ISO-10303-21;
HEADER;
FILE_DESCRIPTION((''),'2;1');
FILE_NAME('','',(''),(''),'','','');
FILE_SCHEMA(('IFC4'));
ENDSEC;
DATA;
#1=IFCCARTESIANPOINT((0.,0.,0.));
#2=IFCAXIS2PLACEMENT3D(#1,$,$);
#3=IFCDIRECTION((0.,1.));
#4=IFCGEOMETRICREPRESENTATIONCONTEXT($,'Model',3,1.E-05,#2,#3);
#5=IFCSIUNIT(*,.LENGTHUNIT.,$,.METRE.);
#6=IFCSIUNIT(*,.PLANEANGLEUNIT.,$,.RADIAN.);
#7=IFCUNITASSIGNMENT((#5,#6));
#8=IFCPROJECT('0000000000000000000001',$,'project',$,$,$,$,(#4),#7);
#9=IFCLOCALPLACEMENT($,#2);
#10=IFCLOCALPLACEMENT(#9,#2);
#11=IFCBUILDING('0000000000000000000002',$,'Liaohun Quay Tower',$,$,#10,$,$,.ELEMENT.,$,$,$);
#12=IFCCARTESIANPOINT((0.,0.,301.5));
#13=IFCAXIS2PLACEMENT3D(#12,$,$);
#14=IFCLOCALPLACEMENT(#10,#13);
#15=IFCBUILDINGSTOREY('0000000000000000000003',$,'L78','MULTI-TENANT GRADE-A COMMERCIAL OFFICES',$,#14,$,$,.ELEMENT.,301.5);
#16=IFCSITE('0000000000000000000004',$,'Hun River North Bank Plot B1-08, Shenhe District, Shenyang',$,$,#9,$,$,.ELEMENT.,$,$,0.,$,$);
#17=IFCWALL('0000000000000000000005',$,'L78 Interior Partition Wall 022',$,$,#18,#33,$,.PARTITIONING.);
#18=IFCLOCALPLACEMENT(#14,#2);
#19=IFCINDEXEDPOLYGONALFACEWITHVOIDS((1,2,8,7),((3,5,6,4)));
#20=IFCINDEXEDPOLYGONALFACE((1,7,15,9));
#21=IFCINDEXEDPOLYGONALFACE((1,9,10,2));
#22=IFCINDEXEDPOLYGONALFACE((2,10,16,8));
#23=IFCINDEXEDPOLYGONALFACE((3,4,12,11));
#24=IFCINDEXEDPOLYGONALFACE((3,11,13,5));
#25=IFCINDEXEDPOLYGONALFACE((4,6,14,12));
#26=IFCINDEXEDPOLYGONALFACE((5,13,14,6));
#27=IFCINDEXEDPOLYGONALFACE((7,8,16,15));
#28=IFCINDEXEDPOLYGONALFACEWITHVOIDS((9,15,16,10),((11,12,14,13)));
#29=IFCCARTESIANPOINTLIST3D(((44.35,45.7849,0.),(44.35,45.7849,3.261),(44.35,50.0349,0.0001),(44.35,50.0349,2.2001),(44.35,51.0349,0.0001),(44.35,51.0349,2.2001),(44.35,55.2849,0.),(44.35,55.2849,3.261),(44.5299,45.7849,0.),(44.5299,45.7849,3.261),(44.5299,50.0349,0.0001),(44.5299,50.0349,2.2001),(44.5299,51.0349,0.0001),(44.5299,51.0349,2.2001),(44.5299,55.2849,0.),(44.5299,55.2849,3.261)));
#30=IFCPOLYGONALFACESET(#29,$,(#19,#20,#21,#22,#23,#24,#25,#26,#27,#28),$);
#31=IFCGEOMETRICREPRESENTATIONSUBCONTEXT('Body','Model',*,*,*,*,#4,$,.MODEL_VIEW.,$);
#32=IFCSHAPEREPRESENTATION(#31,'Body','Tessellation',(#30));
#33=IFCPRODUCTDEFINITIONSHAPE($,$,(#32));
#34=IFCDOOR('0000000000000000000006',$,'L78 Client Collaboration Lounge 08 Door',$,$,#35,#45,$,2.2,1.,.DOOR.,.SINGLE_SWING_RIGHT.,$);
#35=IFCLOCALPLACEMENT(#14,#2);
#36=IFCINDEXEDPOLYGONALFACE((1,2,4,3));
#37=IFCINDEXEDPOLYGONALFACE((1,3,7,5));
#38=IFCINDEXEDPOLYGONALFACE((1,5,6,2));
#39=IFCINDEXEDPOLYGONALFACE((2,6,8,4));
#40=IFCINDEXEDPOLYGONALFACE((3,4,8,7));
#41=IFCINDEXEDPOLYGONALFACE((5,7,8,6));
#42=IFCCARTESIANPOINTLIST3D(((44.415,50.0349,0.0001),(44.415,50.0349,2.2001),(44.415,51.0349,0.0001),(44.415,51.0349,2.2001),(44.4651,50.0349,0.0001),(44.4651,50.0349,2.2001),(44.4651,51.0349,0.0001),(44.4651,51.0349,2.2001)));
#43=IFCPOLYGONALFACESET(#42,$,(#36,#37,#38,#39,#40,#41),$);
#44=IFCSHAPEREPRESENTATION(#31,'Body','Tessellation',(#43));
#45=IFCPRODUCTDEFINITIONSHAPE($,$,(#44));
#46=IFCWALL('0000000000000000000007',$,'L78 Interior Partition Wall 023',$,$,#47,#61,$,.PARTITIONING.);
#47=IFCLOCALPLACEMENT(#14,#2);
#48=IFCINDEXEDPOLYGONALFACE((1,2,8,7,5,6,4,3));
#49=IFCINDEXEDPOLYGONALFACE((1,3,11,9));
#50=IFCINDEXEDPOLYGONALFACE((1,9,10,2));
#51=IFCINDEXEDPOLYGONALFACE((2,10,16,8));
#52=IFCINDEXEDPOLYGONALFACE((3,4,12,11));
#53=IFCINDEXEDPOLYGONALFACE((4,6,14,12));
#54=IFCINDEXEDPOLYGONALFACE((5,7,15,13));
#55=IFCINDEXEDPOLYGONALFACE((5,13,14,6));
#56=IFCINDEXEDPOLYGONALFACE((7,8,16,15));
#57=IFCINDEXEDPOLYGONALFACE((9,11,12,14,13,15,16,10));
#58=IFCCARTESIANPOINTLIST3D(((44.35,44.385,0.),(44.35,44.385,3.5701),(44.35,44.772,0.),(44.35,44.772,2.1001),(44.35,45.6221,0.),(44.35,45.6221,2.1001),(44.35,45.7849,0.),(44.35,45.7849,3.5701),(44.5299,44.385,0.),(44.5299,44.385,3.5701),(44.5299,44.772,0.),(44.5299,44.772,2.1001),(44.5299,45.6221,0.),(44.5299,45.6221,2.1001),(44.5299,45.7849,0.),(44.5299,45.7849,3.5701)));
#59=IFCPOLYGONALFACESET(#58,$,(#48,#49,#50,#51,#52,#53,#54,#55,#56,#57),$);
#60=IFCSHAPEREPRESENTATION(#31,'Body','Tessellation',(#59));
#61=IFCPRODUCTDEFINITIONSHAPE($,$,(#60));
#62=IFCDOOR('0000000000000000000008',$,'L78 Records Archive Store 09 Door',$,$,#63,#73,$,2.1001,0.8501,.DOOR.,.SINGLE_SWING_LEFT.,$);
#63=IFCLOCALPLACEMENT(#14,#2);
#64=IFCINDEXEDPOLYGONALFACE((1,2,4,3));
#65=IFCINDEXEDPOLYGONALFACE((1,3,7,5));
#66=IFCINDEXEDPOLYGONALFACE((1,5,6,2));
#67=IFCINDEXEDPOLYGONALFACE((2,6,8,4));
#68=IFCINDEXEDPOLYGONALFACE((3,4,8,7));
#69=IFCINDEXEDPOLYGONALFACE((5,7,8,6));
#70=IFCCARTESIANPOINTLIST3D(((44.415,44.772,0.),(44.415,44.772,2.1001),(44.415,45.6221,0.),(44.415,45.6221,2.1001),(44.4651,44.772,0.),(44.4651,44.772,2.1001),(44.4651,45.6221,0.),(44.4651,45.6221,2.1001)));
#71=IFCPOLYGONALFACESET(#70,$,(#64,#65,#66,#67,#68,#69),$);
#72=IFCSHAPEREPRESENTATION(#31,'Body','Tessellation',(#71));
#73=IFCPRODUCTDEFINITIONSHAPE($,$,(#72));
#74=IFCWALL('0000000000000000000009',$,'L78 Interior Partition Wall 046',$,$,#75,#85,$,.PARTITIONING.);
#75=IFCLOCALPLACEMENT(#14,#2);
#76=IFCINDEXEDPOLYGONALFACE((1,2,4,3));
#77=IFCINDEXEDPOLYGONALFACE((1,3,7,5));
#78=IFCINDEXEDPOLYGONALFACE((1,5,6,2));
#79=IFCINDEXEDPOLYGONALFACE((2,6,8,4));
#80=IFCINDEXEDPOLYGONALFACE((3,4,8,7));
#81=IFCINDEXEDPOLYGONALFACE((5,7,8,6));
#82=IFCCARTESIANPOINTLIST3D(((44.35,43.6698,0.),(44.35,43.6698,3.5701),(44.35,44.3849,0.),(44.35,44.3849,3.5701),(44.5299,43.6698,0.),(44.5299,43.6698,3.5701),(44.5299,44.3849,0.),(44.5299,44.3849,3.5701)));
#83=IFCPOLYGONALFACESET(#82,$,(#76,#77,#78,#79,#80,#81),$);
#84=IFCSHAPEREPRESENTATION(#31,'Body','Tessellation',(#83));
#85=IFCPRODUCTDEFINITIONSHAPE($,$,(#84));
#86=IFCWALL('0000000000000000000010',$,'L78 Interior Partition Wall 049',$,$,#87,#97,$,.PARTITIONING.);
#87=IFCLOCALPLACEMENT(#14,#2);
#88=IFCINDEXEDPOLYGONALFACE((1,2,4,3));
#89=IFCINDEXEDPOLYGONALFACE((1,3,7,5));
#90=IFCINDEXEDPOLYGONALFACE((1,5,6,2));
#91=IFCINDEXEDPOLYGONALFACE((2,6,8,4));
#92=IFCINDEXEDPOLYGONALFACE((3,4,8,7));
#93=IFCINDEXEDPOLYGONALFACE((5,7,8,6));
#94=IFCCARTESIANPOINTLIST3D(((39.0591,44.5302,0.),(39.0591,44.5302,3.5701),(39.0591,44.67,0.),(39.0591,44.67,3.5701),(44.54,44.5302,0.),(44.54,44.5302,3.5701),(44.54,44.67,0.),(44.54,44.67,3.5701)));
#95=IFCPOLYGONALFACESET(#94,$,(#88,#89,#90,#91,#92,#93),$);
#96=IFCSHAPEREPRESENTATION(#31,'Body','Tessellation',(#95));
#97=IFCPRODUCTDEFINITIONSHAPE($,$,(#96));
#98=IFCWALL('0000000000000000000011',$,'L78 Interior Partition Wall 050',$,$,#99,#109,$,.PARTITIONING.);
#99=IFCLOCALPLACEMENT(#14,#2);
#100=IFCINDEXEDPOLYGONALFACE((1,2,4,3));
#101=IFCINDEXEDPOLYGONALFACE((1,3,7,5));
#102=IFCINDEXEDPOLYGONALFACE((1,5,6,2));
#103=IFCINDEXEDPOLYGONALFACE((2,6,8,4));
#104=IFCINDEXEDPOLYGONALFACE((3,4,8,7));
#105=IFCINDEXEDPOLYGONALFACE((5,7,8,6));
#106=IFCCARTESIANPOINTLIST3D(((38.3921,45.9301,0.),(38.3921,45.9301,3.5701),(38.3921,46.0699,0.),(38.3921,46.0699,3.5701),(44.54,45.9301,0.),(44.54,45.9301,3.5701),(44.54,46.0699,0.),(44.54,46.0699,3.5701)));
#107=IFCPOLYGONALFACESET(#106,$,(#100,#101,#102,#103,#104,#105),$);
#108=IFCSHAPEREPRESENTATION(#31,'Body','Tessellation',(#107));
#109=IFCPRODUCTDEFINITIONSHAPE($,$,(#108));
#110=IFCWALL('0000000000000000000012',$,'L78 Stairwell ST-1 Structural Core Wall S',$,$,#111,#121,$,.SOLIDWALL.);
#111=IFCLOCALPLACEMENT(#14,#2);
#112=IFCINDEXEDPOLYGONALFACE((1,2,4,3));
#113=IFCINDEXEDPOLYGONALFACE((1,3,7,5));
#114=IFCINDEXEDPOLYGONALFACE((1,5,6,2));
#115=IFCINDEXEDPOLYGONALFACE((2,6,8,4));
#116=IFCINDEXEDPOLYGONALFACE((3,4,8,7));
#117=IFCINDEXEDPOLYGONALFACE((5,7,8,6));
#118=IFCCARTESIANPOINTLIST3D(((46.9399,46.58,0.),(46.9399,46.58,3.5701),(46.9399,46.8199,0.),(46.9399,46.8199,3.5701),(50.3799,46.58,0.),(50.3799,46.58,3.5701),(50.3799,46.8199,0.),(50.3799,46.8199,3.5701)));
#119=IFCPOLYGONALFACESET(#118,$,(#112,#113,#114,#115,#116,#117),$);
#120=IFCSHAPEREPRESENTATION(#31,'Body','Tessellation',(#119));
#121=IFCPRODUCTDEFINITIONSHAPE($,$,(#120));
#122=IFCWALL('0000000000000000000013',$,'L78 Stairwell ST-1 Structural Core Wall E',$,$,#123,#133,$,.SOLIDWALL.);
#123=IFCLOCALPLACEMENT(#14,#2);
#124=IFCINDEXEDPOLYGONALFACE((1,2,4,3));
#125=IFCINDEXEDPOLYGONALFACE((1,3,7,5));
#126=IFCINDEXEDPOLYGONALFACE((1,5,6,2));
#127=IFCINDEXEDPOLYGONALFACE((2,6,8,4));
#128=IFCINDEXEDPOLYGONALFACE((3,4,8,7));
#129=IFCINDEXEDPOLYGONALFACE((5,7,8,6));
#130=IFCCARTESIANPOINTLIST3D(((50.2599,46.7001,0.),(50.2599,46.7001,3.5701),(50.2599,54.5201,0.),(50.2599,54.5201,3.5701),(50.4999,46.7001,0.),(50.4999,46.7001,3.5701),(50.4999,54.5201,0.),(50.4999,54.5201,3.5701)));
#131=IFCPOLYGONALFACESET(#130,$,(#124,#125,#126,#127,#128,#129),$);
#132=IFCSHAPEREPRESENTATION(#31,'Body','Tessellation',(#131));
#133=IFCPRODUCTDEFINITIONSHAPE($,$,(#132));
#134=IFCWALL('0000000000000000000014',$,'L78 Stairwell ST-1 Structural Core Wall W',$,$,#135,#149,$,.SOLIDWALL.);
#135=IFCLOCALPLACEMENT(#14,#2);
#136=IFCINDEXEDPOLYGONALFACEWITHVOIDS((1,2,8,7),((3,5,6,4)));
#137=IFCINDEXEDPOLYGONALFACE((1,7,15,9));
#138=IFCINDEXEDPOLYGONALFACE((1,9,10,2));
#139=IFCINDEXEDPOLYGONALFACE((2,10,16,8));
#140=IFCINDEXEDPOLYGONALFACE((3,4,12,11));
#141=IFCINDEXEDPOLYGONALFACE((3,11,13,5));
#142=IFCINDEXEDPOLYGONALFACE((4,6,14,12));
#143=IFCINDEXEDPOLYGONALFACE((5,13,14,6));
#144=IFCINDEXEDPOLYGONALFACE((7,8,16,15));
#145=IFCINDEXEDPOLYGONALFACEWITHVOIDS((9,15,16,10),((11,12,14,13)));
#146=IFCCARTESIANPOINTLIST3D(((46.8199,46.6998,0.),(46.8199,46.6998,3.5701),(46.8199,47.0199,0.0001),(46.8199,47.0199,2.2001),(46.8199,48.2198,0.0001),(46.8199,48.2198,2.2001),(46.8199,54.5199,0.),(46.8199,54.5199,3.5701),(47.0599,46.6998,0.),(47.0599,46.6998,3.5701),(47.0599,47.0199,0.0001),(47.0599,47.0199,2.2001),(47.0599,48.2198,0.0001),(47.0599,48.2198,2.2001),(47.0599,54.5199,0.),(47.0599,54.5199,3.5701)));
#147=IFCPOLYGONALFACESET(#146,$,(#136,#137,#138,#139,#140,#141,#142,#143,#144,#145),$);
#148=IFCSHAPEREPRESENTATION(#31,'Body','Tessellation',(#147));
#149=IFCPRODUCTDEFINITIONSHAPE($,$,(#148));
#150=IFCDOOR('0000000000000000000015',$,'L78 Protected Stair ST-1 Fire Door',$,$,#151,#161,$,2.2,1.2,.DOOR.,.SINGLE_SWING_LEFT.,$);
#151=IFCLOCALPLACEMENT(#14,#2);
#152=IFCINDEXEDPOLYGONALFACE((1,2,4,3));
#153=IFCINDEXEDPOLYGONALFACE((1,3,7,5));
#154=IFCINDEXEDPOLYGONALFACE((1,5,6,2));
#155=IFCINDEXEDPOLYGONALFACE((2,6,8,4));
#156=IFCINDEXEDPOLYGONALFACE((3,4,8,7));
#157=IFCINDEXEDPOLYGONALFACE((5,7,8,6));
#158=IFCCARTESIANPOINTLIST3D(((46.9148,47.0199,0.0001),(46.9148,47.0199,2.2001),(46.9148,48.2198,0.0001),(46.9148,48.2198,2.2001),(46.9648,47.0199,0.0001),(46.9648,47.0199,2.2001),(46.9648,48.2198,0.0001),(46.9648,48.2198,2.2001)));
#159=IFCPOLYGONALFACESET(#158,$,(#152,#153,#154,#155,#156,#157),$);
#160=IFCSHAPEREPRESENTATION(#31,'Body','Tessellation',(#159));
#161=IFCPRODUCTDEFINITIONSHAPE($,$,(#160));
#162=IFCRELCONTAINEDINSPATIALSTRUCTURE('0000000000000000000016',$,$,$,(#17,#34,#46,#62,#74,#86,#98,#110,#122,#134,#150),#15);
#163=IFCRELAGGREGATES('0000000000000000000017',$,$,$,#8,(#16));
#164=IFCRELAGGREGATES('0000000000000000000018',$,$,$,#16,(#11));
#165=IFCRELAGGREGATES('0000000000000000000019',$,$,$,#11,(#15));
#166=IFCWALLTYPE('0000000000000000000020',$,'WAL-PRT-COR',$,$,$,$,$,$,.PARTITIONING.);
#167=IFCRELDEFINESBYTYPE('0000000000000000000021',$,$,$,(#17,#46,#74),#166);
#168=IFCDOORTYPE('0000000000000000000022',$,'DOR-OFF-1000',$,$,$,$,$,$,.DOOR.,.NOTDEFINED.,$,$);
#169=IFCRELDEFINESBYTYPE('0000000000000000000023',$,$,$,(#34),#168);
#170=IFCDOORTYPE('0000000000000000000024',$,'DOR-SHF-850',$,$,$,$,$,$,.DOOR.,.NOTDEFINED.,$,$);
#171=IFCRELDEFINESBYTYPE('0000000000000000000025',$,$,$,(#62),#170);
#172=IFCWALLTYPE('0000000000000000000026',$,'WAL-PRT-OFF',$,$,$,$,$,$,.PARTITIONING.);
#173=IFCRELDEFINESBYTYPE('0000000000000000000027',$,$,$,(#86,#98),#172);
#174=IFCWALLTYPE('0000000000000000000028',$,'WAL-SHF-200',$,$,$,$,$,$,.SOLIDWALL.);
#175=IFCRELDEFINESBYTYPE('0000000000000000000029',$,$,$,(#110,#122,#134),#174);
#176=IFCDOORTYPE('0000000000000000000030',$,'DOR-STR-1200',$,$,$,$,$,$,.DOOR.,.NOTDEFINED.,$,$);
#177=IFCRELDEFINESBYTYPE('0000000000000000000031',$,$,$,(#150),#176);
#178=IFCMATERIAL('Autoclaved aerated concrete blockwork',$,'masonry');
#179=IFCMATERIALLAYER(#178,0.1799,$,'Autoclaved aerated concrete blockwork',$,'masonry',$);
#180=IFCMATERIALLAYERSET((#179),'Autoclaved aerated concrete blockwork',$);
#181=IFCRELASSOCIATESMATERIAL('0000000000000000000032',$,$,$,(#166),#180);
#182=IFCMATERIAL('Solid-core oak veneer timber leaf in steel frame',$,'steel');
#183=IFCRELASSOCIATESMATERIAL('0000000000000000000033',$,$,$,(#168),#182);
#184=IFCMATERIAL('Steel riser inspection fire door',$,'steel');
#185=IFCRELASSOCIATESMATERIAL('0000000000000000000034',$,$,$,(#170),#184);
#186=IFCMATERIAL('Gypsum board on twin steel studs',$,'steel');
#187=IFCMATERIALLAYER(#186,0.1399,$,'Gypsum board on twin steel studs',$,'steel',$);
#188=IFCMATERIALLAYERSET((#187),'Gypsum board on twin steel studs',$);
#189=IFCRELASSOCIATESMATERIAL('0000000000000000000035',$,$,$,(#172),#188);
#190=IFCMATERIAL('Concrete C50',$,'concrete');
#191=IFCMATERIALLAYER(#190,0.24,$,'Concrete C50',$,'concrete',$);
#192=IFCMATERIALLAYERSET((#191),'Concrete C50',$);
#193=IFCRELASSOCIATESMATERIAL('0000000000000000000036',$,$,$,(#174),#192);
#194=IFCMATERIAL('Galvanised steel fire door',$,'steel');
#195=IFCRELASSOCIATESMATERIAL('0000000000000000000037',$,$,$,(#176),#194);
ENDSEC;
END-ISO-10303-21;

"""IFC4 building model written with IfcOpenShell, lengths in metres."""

from ifc_helpers import new_model, si_unit, direction, frame, frame_2d, origin, place, context, subcontext, project, spatial, rectangle, extrude, source, transform, mapped, material, layer, layer_set, type_object, element, fill, save


model = new_model("IFC4")

# Units and contexts
model_context = context("Model", 3, precision=1e-05, world=origin(), true_north=direction((0.0, 1.0)))
body_context = subcontext(model_context, "Body", "Model", "MODEL_VIEW")
ifc_project = project(units=[si_unit("LENGTHUNIT", "METRE"), si_unit("PLANEANGLEUNIT", "RADIAN")], contexts=[model_context])

# Site, building, storey
site_placement = place(None, origin())
site = spatial("IfcSite", under=ifc_project, at=site_placement, Name="Hun River North Bank Plot B1-08, Shenhe District, Shenyang", CompositionType="ELEMENT", RefElevation=0.0)
building_placement = place(site_placement, origin())
building = spatial("IfcBuilding", under=site, at=building_placement, Name="Liaohun Quay Tower", CompositionType="ELEMENT")
storey_placement = place(building_placement, frame((0.0, 0.0, 301.5)))
storey = spatial("IfcBuildingStorey", under=building, at=storey_placement, Name="L78", Description="MULTI-TENANT GRADE-A COMMERCIAL OFFICES", CompositionType="ELEMENT", Elevation=301.5)

# Shared definitions
ifc_material_1 = material(Name="Concrete C50", Category="concrete")

# Walls, openings, doors
ifc_material_2 = material(Name="Autoclaved aerated concrete blockwork", Category="masonry")
ifc_layer_1 = layer(ifc_material_2, 0.1799, Name="Autoclaved aerated concrete blockwork", Category="masonry")
ifc_layer_set_1 = layer_set([ifc_layer_1], Name="Autoclaved aerated concrete blockwork")
wall_type_1 = type_object("IfcWallType", Name="WAL-PRT-COR", PredefinedType="PARTITIONING", material=ifc_layer_set_1)
wall_1_placement = place(storey_placement, frame((44.4399, 45.7849, 0.0), z_axis=(0.0, 0.0, 1.0), x_axis=(0.0, 1.0, 0.0)))
wall_1 = element("IfcWall", 1, at=wall_1_placement, inside=storey, type_object=wall_type_1, Name="L78 Interior Partition Wall 022", PredefinedType="PARTITIONING", context=body_context, shape_type="SweptSolid", body=[
    extrude(rectangle(XDim=9.5, YDim=0.1799, at=frame_2d((4.75, 0.0))), origin(), (0.0, 0.0, 1.0), 3.261),
])
shared_shape_1 = source(origin(), body_context, "Body", "SweptSolid", [
    extrude(rectangle(XDim=1.0, YDim=2.2, at=frame_2d((0.5, 1.1001))), frame((0.0, 0.0999, 0.0), z_axis=(0.0, -1.0, 0.0), x_axis=(1.0, 0.0, 0.0)), (0.0, 0.0, 1.0), 0.2),
])
opening_1_placement = place(wall_1_placement, frame((4.25, 0.0, 0.0)))
opening_1 = element("IfcOpeningElement", 2, at=opening_1_placement, cuts=wall_1, PredefinedType="OPENING", context=body_context, shape_type="MappedRepresentation", body=[
    mapped(shared_shape_1, transform((0.0, 0.0, 0.0), x_axis=(1.0, 0.0, 0.0), y_axis=(0.0, 1.0, 0.0), z_axis=(0.0, 0.0, 1.0), scale=1.0)),
])
ifc_material_3 = material(Name="Solid-core oak veneer timber leaf in steel frame", Category="steel")
door_type_1 = type_object("IfcDoorType", Name="DOR-OFF-1000", OperationType="NOTDEFINED", PredefinedType="DOOR", material=ifc_material_3)
shared_shape_2 = source(origin(), body_context, "Body", "SweptSolid", [
    extrude(rectangle(XDim=1.0, YDim=2.2, at=frame_2d((0.5, 1.1001))), frame((0.0, 0.0249, 0.0), z_axis=(0.0, -1.0, 0.0), x_axis=(1.0, 0.0, 0.0)), (0.0, 0.0, 1.0), 0.05),
])
door_1_placement = place(opening_1_placement, origin())
door_1 = element("IfcDoor", 3, at=door_1_placement, inside=storey, type_object=door_type_1, Name="L78 Client Collaboration Lounge 08 Door", OperationType="SINGLE_SWING_RIGHT", OverallHeight=2.2, OverallWidth=1.0, PredefinedType="DOOR", context=body_context, shape_type="MappedRepresentation", body=[
    mapped(shared_shape_2, transform((0.0, 0.0, 0.0), x_axis=(1.0, 0.0, 0.0), y_axis=(0.0, 1.0, 0.0), z_axis=(0.0, 0.0, 1.0), scale=1.0)),
])
fill(opening_1, door_1)
wall_2_placement = place(storey_placement, frame((44.4399, 44.385, 0.0), z_axis=(0.0, 0.0, 1.0), x_axis=(0.0, 1.0, 0.0)))
wall_2 = element("IfcWall", 4, at=wall_2_placement, inside=storey, type_object=wall_type_1, Name="L78 Interior Partition Wall 023", PredefinedType="PARTITIONING", context=body_context, shape_type="SweptSolid", body=[
    extrude(rectangle(XDim=1.3999, YDim=0.1799, at=frame_2d((0.7, 0.0))), origin(), (0.0, 0.0, 1.0), 3.5701),
])
shared_shape_3 = source(origin(), body_context, "Body", "SweptSolid", [
    extrude(rectangle(XDim=0.8501, YDim=2.1001, at=frame_2d((0.425, 1.05))), frame((0.0, 0.0999, 0.0), z_axis=(0.0, -1.0, 0.0), x_axis=(1.0, 0.0, 0.0)), (0.0, 0.0, 1.0), 0.2),
])
opening_2_placement = place(wall_2_placement, frame((0.387, 0.0, 0.0)))
opening_2 = element("IfcOpeningElement", 5, at=opening_2_placement, cuts=wall_2, PredefinedType="OPENING", context=body_context, shape_type="MappedRepresentation", body=[
    mapped(shared_shape_3, transform((0.0, 0.0, 0.0), x_axis=(1.0, 0.0, 0.0), y_axis=(0.0, 1.0, 0.0), z_axis=(0.0, 0.0, 1.0), scale=1.0)),
])
ifc_material_4 = material(Name="Steel riser inspection fire door", Category="steel")
door_type_2 = type_object("IfcDoorType", Name="DOR-SHF-850", OperationType="NOTDEFINED", PredefinedType="DOOR", material=ifc_material_4)
shared_shape_4 = source(origin(), body_context, "Body", "SweptSolid", [
    extrude(rectangle(XDim=0.8501, YDim=2.1001, at=frame_2d((0.425, 1.05))), frame((0.0, 0.0249, 0.0), z_axis=(0.0, -1.0, 0.0), x_axis=(1.0, 0.0, 0.0)), (0.0, 0.0, 1.0), 0.05),
])
door_2_placement = place(opening_2_placement, origin())
door_2 = element("IfcDoor", 6, at=door_2_placement, inside=storey, type_object=door_type_2, Name="L78 Records Archive Store 09 Door", OperationType="SINGLE_SWING_LEFT", OverallHeight=2.1001, OverallWidth=0.8501, PredefinedType="DOOR", context=body_context, shape_type="MappedRepresentation", body=[
    mapped(shared_shape_4, transform((0.0, 0.0, 0.0), x_axis=(1.0, 0.0, 0.0), y_axis=(0.0, 1.0, 0.0), z_axis=(0.0, 0.0, 1.0), scale=1.0)),
])
fill(opening_2, door_2)

# Walls
wall_3_placement = place(storey_placement, frame((44.4399, 43.6699, 0.0), z_axis=(0.0, 0.0, 1.0), x_axis=(0.0, 1.0, 0.0)))
element("IfcWall", 7, at=wall_3_placement, inside=storey, type_object=wall_type_1, Name="L78 Interior Partition Wall 046", PredefinedType="PARTITIONING", context=body_context, shape_type="SweptSolid", body=[
    extrude(rectangle(XDim=0.7151, YDim=0.1799, at=frame_2d((0.3574, 0.0))), origin(), (0.0, 0.0, 1.0), 3.5701),
])
ifc_material_5 = material(Name="Gypsum board on twin steel studs", Category="steel")
ifc_layer_2 = layer(ifc_material_5, 0.1399, Name="Gypsum board on twin steel studs", Category="steel")
ifc_layer_set_2 = layer_set([ifc_layer_2], Name="Gypsum board on twin steel studs")
wall_type_2 = type_object("IfcWallType", Name="WAL-PRT-OFF", PredefinedType="PARTITIONING", material=ifc_layer_set_2)
wall_4_placement = place(storey_placement, frame((44.54, 44.6001, 0.0), z_axis=(0.0, 0.0, 1.0), x_axis=(-1.0, 0.0, 0.0)))
element("IfcWall", 8, at=wall_4_placement, inside=storey, type_object=wall_type_2, Name="L78 Interior Partition Wall 049", PredefinedType="PARTITIONING", context=body_context, shape_type="SweptSolid", body=[
    extrude(rectangle(XDim=5.481, YDim=0.1399, at=frame_2d((2.7405, 0.0))), origin(), (0.0, 0.0, 1.0), 3.5701),
])
wall_5_placement = place(storey_placement, frame((44.54, 46.0, 0.0), z_axis=(0.0, 0.0, 1.0), x_axis=(-1.0, 0.0, 0.0)))
element("IfcWall", 9, at=wall_5_placement, inside=storey, type_object=wall_type_2, Name="L78 Interior Partition Wall 050", PredefinedType="PARTITIONING", context=body_context, shape_type="SweptSolid", body=[
    extrude(rectangle(XDim=6.1479, YDim=0.1399, at=frame_2d((3.074, 0.0))), origin(), (0.0, 0.0, 1.0), 3.5701),
])
ifc_layer_3 = layer(ifc_material_1, 0.24, Name="Concrete C50", Category="concrete")
ifc_layer_set_3 = layer_set([ifc_layer_3], Name="Concrete C50")
wall_type_3 = type_object("IfcWallType", Name="WAL-SHF-200", PredefinedType="SOLIDWALL", material=ifc_layer_set_3)
wall_6_placement = place(storey_placement, frame((46.9399, 46.7, 0.0), z_axis=(0.0, 0.0, 1.0), x_axis=(1.0, 0.0, 0.0)))
element("IfcWall", 10, at=wall_6_placement, inside=storey, type_object=wall_type_3, Name="L78 Stairwell ST-1 Structural Core Wall S", PredefinedType="SOLIDWALL", context=body_context, shape_type="SweptSolid", body=[
    extrude(rectangle(XDim=3.4399, YDim=0.24, at=frame_2d((1.72, 0.0))), origin(), (0.0, 0.0, 1.0), 3.5701),
])
wall_7_placement = place(storey_placement, frame((50.3799, 46.7, 0.0), z_axis=(0.0, 0.0, 1.0), x_axis=(0.0, 1.0, 0.0)))
element("IfcWall", 11, at=wall_7_placement, inside=storey, type_object=wall_type_3, Name="L78 Stairwell ST-1 Structural Core Wall E", PredefinedType="SOLIDWALL", context=body_context, shape_type="SweptSolid", body=[
    extrude(rectangle(XDim=7.8201, YDim=0.24, at=frame_2d((3.9102, 0.0))), origin(), (0.0, 0.0, 1.0), 3.5701),
])

# Wall, opening, door
wall_8_placement = place(storey_placement, frame((46.9399, 54.52, 0.0), z_axis=(0.0, 0.0, 1.0), x_axis=(0.0, -1.0, 0.0)))
wall_8 = element("IfcWall", 12, at=wall_8_placement, inside=storey, type_object=wall_type_3, Name="L78 Stairwell ST-1 Structural Core Wall W", PredefinedType="SOLIDWALL", context=body_context, shape_type="SweptSolid", body=[
    extrude(rectangle(XDim=7.8201, YDim=0.24, at=frame_2d((3.9102, 0.0))), origin(), (0.0, 0.0, 1.0), 3.5701),
])
shared_shape_5 = source(origin(), body_context, "Body", "SweptSolid", [
    extrude(rectangle(XDim=1.2, YDim=2.2, at=frame_2d((0.6001, 1.1001))), frame((0.0, 0.1299, 0.0), z_axis=(0.0, -1.0, 0.0), x_axis=(1.0, 0.0, 0.0)), (0.0, 0.0, 1.0), 0.26),
])
opening_3_placement = place(wall_8_placement, frame((6.3, 0.0, 0.0)))
opening_3 = element("IfcOpeningElement", 13, at=opening_3_placement, cuts=wall_8, PredefinedType="OPENING", context=body_context, shape_type="MappedRepresentation", body=[
    mapped(shared_shape_5, transform((0.0, 0.0, 0.0), x_axis=(1.0, 0.0, 0.0), y_axis=(0.0, 1.0, 0.0), z_axis=(0.0, 0.0, 1.0), scale=1.0)),
])
ifc_material_6 = material(Name="Galvanised steel fire door", Category="steel")
door_type_3 = type_object("IfcDoorType", Name="DOR-STR-1200", OperationType="NOTDEFINED", PredefinedType="DOOR", material=ifc_material_6)
shared_shape_6 = source(origin(), body_context, "Body", "SweptSolid", [
    extrude(rectangle(XDim=1.2, YDim=2.2, at=frame_2d((0.6001, 1.1001))), frame((0.0, 0.0249, 0.0), z_axis=(0.0, -1.0, 0.0), x_axis=(1.0, 0.0, 0.0)), (0.0, 0.0, 1.0), 0.05),
])
door_3_placement = place(opening_3_placement, origin())
door_3 = element("IfcDoor", 14, at=door_3_placement, inside=storey, type_object=door_type_3, Name="L78 Protected Stair ST-1 Fire Door", OperationType="SINGLE_SWING_LEFT", OverallHeight=2.2, OverallWidth=1.2, PredefinedType="DOOR", context=body_context, shape_type="MappedRepresentation", body=[
    mapped(shared_shape_6, transform((0.0, 0.0, 0.0), x_axis=(1.0, 0.0, 0.0), y_axis=(0.0, 1.0, 0.0), z_axis=(0.0, 0.0, 1.0), scale=1.0)),
])
fill(opening_3, door_3)

save(model, "model.ifc")
